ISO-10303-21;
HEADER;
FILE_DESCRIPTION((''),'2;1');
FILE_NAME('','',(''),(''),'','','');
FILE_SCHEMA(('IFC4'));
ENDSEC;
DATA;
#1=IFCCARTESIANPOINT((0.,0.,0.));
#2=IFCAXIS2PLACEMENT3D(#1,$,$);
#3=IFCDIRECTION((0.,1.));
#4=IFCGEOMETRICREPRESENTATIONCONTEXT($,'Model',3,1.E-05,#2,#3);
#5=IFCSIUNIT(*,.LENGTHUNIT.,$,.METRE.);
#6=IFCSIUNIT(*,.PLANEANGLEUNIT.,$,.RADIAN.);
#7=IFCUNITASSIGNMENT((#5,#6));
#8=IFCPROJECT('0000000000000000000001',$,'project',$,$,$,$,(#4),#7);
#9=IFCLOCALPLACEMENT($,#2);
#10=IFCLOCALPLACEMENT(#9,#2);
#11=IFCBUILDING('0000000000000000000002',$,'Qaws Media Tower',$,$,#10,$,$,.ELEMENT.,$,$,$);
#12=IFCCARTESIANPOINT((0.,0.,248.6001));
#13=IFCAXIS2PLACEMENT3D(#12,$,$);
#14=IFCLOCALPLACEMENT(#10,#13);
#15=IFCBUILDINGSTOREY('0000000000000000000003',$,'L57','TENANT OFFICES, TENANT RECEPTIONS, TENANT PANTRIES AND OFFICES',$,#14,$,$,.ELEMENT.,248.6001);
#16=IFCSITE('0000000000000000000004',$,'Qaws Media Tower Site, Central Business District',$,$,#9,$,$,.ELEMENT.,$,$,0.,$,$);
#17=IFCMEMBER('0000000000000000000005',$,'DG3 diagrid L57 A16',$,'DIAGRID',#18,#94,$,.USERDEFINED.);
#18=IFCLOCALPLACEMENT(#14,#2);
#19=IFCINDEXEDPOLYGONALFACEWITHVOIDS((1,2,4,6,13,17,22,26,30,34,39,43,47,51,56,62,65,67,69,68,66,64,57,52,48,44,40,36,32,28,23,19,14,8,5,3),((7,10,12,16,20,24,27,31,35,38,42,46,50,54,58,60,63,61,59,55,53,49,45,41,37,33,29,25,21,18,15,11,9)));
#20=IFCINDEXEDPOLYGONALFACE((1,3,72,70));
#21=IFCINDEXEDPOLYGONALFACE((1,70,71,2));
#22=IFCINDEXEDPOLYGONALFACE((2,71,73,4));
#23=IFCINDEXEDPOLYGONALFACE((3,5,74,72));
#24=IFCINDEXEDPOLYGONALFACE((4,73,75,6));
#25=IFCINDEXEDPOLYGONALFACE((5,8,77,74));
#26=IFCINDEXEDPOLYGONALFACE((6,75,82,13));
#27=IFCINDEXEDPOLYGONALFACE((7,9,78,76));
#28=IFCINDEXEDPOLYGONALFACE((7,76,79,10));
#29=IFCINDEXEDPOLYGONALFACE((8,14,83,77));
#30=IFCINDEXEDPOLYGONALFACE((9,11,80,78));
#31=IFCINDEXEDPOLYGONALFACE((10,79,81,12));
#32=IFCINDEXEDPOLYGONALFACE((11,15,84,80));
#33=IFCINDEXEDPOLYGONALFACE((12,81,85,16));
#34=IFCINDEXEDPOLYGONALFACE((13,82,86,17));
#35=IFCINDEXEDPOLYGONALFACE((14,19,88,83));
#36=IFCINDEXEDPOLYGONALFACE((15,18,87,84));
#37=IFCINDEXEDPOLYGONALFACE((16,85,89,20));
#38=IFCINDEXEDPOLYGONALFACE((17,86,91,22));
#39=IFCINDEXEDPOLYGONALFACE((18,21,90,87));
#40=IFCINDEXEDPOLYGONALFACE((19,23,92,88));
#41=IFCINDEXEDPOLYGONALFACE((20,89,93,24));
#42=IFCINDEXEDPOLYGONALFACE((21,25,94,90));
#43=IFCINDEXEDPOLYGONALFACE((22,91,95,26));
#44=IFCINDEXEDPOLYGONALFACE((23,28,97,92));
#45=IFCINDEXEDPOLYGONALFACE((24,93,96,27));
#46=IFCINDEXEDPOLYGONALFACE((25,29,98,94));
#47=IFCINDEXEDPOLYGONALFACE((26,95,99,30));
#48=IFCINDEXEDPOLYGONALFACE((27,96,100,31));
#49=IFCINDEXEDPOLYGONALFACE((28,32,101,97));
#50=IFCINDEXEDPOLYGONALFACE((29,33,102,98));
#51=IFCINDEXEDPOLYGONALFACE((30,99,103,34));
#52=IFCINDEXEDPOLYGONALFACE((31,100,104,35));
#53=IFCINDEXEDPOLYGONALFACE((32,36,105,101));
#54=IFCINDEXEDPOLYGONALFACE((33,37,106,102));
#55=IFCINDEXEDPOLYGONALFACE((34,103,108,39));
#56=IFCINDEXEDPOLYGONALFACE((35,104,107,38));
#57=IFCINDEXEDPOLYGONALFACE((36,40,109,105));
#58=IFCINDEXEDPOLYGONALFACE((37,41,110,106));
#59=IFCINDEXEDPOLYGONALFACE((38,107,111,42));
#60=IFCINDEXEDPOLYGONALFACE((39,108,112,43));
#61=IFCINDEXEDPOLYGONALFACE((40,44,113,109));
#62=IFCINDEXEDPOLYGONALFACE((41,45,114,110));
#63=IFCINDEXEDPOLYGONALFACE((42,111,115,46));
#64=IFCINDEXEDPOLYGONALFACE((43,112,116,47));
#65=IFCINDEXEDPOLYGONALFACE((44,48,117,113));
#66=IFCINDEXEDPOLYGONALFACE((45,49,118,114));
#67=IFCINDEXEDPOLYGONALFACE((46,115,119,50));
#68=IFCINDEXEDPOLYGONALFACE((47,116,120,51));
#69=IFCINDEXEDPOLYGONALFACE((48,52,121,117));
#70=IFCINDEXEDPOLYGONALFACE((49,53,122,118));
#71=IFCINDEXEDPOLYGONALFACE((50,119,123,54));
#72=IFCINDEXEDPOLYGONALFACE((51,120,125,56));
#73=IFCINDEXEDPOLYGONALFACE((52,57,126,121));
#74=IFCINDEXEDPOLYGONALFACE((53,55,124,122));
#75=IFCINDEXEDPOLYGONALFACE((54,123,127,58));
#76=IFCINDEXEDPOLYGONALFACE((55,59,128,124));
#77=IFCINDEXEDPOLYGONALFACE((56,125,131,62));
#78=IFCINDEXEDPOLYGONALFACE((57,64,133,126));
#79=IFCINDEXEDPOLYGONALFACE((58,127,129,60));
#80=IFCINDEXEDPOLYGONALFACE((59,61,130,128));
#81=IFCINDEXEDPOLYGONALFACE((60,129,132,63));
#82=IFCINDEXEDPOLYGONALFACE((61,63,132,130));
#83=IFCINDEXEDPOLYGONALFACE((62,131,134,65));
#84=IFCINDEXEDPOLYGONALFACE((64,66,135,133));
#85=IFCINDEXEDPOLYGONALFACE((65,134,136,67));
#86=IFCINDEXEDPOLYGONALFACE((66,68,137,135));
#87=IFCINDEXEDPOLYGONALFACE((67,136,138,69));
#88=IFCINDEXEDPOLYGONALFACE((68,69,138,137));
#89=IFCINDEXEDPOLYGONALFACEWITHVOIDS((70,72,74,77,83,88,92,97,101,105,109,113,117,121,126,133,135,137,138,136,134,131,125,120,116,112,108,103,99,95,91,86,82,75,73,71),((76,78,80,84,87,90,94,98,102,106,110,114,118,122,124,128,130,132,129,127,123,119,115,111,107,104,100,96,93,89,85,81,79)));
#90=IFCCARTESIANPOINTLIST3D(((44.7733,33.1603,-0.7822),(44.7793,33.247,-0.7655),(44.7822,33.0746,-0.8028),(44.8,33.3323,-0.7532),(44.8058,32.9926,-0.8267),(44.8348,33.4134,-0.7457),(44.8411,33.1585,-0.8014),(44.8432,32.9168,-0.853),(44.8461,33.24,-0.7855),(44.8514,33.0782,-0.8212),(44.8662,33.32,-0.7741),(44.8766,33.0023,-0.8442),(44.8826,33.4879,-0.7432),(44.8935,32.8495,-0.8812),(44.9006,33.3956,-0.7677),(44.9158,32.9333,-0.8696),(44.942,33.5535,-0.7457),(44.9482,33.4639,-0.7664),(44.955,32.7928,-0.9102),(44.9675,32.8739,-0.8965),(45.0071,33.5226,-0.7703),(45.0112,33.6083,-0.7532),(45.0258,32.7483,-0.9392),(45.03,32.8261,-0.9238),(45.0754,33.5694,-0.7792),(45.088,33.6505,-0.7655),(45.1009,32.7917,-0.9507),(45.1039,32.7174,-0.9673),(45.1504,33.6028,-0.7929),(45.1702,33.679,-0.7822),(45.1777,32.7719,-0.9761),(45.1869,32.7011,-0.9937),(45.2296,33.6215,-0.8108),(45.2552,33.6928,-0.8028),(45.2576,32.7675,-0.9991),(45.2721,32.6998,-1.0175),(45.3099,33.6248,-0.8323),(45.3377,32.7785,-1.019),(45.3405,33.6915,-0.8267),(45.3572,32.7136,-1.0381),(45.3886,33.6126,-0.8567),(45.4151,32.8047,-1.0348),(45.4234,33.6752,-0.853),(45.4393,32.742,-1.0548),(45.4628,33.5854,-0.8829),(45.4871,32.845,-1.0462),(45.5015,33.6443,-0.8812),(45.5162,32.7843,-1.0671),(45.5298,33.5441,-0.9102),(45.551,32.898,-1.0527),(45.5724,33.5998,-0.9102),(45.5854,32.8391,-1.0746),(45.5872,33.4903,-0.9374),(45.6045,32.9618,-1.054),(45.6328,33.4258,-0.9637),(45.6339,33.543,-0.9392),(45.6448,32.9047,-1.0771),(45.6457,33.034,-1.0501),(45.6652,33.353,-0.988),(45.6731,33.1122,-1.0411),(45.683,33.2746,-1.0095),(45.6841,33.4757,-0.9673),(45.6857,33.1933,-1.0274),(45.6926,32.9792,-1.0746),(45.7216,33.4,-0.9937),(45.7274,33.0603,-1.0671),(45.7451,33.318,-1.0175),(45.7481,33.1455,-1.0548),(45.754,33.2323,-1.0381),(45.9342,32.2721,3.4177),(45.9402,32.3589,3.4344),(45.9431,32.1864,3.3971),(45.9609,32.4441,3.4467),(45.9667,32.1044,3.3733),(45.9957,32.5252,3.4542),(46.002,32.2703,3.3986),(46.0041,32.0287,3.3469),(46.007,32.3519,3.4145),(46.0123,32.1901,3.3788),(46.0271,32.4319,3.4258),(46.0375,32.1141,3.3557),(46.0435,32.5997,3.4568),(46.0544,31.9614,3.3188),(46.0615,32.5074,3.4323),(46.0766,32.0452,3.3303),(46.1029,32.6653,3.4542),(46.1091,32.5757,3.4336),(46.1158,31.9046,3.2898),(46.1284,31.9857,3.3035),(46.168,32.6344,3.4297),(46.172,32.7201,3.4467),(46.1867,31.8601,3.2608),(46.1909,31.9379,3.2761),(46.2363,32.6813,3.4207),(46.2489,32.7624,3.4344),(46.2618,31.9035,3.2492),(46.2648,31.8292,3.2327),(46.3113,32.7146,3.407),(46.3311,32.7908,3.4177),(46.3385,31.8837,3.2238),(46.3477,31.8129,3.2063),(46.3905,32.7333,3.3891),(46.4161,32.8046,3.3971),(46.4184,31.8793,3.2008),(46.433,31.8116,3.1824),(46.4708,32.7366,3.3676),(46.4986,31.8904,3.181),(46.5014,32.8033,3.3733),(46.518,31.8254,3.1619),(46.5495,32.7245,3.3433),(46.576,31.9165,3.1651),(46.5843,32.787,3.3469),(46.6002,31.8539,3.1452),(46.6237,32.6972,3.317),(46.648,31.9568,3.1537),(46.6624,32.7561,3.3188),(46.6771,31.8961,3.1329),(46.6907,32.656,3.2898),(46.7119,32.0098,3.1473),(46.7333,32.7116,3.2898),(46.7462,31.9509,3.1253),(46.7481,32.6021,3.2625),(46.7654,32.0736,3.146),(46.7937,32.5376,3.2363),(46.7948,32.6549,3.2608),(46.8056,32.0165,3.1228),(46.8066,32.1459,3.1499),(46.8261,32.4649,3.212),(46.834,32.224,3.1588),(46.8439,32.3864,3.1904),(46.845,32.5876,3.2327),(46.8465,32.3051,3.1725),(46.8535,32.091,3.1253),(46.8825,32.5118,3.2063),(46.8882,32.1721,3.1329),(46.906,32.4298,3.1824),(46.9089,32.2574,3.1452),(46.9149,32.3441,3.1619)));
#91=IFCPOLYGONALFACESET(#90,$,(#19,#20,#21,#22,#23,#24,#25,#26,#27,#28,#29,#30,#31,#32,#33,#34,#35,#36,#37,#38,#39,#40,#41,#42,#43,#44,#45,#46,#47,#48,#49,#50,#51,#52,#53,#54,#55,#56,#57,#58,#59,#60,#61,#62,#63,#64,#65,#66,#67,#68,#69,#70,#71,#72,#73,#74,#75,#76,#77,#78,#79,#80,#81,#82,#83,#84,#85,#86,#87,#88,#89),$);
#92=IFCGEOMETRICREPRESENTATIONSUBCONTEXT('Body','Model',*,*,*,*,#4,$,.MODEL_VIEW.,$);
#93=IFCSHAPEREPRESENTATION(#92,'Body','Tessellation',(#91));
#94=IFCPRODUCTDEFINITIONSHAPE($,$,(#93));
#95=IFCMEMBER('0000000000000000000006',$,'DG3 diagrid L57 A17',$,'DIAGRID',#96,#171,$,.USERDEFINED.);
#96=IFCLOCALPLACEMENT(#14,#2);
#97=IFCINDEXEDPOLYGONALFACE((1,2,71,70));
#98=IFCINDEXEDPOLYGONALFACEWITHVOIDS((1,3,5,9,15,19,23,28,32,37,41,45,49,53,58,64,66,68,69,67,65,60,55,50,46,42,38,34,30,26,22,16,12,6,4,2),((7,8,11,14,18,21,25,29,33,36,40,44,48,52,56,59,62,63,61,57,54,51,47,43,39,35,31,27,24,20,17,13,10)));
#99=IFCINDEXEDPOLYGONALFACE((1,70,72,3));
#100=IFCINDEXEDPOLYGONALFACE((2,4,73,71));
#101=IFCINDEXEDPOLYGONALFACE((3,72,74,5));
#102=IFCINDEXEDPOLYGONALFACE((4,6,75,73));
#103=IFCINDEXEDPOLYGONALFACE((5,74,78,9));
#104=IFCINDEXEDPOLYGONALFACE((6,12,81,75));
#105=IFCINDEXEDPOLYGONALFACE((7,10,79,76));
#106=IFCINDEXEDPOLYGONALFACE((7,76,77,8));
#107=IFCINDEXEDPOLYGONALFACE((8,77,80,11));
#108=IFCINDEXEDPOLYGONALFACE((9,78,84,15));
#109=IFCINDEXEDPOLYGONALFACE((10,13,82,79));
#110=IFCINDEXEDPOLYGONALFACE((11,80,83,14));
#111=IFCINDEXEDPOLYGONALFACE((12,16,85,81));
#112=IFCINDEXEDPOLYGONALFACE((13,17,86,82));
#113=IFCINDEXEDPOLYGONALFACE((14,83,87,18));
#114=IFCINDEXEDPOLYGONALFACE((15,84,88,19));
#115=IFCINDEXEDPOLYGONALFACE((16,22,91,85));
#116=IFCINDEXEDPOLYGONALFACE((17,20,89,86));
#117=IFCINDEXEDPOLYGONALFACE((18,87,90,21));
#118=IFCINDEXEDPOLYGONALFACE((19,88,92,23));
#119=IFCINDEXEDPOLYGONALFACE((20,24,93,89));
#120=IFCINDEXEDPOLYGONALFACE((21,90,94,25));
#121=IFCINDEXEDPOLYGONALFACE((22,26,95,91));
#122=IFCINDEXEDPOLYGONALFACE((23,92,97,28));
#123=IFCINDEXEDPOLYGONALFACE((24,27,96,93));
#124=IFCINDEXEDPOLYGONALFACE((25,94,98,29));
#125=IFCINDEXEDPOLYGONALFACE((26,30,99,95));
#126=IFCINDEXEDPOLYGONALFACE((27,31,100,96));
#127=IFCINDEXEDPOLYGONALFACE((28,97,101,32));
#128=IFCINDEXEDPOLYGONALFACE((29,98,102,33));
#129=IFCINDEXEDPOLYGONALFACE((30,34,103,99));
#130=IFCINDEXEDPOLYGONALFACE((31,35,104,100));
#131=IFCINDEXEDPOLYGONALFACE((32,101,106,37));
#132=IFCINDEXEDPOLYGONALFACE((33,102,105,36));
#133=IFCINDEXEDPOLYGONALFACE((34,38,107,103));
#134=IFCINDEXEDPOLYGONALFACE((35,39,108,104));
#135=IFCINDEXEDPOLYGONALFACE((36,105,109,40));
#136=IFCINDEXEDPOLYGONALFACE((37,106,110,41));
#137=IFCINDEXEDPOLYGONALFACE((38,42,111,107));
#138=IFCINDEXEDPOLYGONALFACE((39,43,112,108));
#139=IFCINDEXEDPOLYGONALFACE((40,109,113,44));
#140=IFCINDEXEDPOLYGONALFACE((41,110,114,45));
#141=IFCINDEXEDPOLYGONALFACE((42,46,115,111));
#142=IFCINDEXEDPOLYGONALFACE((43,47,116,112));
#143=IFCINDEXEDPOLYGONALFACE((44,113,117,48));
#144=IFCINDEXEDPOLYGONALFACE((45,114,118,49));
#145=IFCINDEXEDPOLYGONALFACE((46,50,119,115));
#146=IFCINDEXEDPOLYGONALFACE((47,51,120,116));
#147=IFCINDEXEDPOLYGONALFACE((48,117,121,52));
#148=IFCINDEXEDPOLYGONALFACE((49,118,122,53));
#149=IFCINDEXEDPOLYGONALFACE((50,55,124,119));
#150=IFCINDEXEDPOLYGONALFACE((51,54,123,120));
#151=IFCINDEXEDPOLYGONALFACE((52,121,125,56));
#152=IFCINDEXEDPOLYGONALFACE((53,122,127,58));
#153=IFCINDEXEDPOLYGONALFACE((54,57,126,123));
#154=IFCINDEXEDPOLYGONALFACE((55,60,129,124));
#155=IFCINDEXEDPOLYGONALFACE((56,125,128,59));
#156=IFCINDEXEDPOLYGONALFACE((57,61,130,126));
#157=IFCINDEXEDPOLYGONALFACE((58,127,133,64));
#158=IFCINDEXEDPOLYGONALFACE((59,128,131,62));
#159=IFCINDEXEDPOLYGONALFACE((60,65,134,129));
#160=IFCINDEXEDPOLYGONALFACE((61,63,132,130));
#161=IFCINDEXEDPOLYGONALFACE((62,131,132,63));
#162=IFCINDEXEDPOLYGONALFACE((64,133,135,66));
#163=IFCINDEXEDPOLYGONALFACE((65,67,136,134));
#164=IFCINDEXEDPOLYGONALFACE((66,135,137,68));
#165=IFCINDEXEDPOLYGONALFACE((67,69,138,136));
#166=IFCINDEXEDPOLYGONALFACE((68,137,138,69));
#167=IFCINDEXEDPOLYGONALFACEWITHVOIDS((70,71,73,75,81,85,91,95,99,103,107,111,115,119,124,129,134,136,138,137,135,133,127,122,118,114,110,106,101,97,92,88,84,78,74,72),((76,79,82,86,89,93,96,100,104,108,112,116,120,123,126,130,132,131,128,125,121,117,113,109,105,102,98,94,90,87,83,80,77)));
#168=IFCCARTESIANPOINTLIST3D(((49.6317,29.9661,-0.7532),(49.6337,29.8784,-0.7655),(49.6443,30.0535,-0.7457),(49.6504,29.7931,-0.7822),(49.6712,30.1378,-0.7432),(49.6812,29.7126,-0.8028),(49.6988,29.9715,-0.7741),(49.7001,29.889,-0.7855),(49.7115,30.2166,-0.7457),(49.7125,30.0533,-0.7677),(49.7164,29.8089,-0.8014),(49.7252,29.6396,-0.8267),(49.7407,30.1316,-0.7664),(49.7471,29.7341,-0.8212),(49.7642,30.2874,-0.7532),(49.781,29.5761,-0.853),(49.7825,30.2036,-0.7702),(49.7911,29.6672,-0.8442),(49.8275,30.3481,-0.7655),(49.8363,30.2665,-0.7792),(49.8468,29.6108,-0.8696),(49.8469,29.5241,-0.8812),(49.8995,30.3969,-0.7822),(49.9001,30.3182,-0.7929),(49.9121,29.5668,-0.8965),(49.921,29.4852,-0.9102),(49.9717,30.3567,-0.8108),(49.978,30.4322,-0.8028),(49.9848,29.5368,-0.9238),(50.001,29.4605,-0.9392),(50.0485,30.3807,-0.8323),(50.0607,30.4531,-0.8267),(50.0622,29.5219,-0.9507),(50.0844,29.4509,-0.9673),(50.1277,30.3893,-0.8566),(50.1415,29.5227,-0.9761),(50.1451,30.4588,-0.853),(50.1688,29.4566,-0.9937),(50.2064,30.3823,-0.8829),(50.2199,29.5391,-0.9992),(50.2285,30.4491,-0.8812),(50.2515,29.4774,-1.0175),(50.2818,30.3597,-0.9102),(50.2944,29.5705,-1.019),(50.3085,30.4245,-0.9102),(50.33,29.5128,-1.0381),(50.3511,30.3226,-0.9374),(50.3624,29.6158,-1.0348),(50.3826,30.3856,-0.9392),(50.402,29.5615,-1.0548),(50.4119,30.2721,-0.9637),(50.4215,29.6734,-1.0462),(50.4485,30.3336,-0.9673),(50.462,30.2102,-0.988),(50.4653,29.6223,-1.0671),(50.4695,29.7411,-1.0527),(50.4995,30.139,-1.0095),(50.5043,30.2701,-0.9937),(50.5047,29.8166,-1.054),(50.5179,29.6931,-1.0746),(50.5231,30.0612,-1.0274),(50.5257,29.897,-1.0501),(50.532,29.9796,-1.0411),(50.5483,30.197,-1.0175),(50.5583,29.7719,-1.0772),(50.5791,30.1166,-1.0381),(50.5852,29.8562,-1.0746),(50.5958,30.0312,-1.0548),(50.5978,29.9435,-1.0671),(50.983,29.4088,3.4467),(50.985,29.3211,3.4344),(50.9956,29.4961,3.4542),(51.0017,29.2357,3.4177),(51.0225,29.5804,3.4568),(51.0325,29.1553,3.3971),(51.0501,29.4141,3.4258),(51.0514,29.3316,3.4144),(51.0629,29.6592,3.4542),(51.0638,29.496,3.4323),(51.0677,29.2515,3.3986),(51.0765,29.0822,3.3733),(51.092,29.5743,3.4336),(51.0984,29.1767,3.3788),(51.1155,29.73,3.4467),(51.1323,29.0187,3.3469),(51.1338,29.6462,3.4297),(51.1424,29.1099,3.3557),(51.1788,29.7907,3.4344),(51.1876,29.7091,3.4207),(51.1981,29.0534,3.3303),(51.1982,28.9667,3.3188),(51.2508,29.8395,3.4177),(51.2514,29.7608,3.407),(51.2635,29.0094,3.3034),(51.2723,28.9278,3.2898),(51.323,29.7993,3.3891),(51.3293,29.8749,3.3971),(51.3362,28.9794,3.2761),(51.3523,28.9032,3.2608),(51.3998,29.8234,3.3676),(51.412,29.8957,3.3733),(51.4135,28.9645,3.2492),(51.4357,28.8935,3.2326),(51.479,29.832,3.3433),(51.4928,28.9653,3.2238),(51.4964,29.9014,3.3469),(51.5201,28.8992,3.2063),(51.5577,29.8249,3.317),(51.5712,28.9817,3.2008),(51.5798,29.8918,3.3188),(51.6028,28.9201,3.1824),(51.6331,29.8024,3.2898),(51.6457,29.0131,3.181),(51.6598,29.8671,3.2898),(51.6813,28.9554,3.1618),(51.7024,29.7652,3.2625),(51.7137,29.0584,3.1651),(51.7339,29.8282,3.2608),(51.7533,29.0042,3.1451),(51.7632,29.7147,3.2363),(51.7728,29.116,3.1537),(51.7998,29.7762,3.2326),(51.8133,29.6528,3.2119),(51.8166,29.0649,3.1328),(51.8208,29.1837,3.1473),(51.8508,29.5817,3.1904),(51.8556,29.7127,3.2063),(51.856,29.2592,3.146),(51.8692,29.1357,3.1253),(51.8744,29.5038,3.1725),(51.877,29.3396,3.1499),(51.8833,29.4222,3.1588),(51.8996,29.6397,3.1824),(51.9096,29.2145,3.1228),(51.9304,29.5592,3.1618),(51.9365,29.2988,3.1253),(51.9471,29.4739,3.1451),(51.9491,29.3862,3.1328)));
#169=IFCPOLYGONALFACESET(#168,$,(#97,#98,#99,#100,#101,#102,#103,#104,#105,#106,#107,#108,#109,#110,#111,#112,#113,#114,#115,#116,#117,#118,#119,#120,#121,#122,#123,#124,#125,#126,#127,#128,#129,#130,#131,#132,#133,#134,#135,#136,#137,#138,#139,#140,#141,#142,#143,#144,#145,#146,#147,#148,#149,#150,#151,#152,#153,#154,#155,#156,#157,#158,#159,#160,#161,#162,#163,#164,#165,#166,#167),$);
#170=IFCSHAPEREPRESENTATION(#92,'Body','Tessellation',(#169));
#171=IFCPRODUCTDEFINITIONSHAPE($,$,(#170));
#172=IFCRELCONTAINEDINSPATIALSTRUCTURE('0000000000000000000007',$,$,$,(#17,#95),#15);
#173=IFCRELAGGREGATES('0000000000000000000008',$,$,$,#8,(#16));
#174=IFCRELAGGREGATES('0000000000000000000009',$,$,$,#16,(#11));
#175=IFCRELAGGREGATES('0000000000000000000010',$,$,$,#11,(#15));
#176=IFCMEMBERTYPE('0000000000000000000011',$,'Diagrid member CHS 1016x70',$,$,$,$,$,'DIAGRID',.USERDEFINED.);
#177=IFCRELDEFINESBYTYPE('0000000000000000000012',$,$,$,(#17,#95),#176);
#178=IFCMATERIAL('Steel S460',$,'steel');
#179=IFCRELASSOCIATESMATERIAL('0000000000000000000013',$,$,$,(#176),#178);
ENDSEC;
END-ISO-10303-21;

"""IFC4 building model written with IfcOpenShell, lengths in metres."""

from ifc_helpers import new_model, si_unit, direction, frame, origin, origin_2d, place, context, subcontext, project, spatial, hollow_circle, extrude, material, material_profile, profile_set, type_object, element, save


model = new_model("IFC4")

# Units and contexts
model_context = context("Model", 3, precision=1e-05, world=origin(), true_north=direction((0.0, 1.0)))
body_context = subcontext(model_context, "Body", "Model", "MODEL_VIEW")
ifc_project = project(units=[si_unit("LENGTHUNIT", "METRE"), si_unit("PLANEANGLEUNIT", "RADIAN")], contexts=[model_context])

# Site, building, storey
site_placement = place(None, origin())
site = spatial("IfcSite", under=ifc_project, at=site_placement, Name="Qaws Media Tower Site, Central Business District", CompositionType="ELEMENT", RefElevation=0.0)
building_placement = place(site_placement, origin())
building = spatial("IfcBuilding", under=site, at=building_placement, Name="Qaws Media Tower", CompositionType="ELEMENT")
storey_placement = place(building_placement, frame((0.0, 0.0, 248.6001)))
storey = spatial("IfcBuildingStorey", under=building, at=storey_placement, Name="L57", Description="TENANT OFFICES, TENANT RECEPTIONS, TENANT PANTRIES AND OFFICES", CompositionType="ELEMENT", Elevation=248.6001)

# Members
ifc_material_1 = material(Name="Steel S460", Category="steel")
ifc_material_profile_1 = material_profile(ifc_material_1, hollow_circle(Radius=0.5081, WallThickness=0.0701, at=origin_2d()), Name="CHS 1016x70")
ifc_profile_set_1 = profile_set([ifc_material_profile_1], Name="Steel S460")
member_type_1 = type_object("IfcMemberType", Name="Diagrid member CHS 1016x70", ElementType="DIAGRID", PredefinedType="USERDEFINED", material=ifc_profile_set_1)
for number, where, z_axis, x_axis, name in (
    (1, (45.2637, 33.1963, -0.9102), (0.261048, -0.199725, 0.944438), (0.607642, 0.794211, 0.0), "DG3 diagrid L57 A16"),
    (2, (50.1147, 29.9548, -0.9102), (0.303868, -0.125335, 0.944434), (0.381304, 0.92445, 0.0), "DG3 diagrid L57 A17"),
):
    element("IfcMember", number, at=place(storey_placement, frame(where, z_axis=z_axis, x_axis=x_axis)), inside=storey, type_object=member_type_1, Name=name, ObjectType="DIAGRID", PredefinedType="USERDEFINED", context=body_context, shape_type="SweptSolid", body=[
        extrude(hollow_circle(Radius=0.5081, WallThickness=0.0701, at=origin_2d()), origin(), (0.0, 0.0, 1.0), 4.447),
    ])

save(model, "model.ifc")
